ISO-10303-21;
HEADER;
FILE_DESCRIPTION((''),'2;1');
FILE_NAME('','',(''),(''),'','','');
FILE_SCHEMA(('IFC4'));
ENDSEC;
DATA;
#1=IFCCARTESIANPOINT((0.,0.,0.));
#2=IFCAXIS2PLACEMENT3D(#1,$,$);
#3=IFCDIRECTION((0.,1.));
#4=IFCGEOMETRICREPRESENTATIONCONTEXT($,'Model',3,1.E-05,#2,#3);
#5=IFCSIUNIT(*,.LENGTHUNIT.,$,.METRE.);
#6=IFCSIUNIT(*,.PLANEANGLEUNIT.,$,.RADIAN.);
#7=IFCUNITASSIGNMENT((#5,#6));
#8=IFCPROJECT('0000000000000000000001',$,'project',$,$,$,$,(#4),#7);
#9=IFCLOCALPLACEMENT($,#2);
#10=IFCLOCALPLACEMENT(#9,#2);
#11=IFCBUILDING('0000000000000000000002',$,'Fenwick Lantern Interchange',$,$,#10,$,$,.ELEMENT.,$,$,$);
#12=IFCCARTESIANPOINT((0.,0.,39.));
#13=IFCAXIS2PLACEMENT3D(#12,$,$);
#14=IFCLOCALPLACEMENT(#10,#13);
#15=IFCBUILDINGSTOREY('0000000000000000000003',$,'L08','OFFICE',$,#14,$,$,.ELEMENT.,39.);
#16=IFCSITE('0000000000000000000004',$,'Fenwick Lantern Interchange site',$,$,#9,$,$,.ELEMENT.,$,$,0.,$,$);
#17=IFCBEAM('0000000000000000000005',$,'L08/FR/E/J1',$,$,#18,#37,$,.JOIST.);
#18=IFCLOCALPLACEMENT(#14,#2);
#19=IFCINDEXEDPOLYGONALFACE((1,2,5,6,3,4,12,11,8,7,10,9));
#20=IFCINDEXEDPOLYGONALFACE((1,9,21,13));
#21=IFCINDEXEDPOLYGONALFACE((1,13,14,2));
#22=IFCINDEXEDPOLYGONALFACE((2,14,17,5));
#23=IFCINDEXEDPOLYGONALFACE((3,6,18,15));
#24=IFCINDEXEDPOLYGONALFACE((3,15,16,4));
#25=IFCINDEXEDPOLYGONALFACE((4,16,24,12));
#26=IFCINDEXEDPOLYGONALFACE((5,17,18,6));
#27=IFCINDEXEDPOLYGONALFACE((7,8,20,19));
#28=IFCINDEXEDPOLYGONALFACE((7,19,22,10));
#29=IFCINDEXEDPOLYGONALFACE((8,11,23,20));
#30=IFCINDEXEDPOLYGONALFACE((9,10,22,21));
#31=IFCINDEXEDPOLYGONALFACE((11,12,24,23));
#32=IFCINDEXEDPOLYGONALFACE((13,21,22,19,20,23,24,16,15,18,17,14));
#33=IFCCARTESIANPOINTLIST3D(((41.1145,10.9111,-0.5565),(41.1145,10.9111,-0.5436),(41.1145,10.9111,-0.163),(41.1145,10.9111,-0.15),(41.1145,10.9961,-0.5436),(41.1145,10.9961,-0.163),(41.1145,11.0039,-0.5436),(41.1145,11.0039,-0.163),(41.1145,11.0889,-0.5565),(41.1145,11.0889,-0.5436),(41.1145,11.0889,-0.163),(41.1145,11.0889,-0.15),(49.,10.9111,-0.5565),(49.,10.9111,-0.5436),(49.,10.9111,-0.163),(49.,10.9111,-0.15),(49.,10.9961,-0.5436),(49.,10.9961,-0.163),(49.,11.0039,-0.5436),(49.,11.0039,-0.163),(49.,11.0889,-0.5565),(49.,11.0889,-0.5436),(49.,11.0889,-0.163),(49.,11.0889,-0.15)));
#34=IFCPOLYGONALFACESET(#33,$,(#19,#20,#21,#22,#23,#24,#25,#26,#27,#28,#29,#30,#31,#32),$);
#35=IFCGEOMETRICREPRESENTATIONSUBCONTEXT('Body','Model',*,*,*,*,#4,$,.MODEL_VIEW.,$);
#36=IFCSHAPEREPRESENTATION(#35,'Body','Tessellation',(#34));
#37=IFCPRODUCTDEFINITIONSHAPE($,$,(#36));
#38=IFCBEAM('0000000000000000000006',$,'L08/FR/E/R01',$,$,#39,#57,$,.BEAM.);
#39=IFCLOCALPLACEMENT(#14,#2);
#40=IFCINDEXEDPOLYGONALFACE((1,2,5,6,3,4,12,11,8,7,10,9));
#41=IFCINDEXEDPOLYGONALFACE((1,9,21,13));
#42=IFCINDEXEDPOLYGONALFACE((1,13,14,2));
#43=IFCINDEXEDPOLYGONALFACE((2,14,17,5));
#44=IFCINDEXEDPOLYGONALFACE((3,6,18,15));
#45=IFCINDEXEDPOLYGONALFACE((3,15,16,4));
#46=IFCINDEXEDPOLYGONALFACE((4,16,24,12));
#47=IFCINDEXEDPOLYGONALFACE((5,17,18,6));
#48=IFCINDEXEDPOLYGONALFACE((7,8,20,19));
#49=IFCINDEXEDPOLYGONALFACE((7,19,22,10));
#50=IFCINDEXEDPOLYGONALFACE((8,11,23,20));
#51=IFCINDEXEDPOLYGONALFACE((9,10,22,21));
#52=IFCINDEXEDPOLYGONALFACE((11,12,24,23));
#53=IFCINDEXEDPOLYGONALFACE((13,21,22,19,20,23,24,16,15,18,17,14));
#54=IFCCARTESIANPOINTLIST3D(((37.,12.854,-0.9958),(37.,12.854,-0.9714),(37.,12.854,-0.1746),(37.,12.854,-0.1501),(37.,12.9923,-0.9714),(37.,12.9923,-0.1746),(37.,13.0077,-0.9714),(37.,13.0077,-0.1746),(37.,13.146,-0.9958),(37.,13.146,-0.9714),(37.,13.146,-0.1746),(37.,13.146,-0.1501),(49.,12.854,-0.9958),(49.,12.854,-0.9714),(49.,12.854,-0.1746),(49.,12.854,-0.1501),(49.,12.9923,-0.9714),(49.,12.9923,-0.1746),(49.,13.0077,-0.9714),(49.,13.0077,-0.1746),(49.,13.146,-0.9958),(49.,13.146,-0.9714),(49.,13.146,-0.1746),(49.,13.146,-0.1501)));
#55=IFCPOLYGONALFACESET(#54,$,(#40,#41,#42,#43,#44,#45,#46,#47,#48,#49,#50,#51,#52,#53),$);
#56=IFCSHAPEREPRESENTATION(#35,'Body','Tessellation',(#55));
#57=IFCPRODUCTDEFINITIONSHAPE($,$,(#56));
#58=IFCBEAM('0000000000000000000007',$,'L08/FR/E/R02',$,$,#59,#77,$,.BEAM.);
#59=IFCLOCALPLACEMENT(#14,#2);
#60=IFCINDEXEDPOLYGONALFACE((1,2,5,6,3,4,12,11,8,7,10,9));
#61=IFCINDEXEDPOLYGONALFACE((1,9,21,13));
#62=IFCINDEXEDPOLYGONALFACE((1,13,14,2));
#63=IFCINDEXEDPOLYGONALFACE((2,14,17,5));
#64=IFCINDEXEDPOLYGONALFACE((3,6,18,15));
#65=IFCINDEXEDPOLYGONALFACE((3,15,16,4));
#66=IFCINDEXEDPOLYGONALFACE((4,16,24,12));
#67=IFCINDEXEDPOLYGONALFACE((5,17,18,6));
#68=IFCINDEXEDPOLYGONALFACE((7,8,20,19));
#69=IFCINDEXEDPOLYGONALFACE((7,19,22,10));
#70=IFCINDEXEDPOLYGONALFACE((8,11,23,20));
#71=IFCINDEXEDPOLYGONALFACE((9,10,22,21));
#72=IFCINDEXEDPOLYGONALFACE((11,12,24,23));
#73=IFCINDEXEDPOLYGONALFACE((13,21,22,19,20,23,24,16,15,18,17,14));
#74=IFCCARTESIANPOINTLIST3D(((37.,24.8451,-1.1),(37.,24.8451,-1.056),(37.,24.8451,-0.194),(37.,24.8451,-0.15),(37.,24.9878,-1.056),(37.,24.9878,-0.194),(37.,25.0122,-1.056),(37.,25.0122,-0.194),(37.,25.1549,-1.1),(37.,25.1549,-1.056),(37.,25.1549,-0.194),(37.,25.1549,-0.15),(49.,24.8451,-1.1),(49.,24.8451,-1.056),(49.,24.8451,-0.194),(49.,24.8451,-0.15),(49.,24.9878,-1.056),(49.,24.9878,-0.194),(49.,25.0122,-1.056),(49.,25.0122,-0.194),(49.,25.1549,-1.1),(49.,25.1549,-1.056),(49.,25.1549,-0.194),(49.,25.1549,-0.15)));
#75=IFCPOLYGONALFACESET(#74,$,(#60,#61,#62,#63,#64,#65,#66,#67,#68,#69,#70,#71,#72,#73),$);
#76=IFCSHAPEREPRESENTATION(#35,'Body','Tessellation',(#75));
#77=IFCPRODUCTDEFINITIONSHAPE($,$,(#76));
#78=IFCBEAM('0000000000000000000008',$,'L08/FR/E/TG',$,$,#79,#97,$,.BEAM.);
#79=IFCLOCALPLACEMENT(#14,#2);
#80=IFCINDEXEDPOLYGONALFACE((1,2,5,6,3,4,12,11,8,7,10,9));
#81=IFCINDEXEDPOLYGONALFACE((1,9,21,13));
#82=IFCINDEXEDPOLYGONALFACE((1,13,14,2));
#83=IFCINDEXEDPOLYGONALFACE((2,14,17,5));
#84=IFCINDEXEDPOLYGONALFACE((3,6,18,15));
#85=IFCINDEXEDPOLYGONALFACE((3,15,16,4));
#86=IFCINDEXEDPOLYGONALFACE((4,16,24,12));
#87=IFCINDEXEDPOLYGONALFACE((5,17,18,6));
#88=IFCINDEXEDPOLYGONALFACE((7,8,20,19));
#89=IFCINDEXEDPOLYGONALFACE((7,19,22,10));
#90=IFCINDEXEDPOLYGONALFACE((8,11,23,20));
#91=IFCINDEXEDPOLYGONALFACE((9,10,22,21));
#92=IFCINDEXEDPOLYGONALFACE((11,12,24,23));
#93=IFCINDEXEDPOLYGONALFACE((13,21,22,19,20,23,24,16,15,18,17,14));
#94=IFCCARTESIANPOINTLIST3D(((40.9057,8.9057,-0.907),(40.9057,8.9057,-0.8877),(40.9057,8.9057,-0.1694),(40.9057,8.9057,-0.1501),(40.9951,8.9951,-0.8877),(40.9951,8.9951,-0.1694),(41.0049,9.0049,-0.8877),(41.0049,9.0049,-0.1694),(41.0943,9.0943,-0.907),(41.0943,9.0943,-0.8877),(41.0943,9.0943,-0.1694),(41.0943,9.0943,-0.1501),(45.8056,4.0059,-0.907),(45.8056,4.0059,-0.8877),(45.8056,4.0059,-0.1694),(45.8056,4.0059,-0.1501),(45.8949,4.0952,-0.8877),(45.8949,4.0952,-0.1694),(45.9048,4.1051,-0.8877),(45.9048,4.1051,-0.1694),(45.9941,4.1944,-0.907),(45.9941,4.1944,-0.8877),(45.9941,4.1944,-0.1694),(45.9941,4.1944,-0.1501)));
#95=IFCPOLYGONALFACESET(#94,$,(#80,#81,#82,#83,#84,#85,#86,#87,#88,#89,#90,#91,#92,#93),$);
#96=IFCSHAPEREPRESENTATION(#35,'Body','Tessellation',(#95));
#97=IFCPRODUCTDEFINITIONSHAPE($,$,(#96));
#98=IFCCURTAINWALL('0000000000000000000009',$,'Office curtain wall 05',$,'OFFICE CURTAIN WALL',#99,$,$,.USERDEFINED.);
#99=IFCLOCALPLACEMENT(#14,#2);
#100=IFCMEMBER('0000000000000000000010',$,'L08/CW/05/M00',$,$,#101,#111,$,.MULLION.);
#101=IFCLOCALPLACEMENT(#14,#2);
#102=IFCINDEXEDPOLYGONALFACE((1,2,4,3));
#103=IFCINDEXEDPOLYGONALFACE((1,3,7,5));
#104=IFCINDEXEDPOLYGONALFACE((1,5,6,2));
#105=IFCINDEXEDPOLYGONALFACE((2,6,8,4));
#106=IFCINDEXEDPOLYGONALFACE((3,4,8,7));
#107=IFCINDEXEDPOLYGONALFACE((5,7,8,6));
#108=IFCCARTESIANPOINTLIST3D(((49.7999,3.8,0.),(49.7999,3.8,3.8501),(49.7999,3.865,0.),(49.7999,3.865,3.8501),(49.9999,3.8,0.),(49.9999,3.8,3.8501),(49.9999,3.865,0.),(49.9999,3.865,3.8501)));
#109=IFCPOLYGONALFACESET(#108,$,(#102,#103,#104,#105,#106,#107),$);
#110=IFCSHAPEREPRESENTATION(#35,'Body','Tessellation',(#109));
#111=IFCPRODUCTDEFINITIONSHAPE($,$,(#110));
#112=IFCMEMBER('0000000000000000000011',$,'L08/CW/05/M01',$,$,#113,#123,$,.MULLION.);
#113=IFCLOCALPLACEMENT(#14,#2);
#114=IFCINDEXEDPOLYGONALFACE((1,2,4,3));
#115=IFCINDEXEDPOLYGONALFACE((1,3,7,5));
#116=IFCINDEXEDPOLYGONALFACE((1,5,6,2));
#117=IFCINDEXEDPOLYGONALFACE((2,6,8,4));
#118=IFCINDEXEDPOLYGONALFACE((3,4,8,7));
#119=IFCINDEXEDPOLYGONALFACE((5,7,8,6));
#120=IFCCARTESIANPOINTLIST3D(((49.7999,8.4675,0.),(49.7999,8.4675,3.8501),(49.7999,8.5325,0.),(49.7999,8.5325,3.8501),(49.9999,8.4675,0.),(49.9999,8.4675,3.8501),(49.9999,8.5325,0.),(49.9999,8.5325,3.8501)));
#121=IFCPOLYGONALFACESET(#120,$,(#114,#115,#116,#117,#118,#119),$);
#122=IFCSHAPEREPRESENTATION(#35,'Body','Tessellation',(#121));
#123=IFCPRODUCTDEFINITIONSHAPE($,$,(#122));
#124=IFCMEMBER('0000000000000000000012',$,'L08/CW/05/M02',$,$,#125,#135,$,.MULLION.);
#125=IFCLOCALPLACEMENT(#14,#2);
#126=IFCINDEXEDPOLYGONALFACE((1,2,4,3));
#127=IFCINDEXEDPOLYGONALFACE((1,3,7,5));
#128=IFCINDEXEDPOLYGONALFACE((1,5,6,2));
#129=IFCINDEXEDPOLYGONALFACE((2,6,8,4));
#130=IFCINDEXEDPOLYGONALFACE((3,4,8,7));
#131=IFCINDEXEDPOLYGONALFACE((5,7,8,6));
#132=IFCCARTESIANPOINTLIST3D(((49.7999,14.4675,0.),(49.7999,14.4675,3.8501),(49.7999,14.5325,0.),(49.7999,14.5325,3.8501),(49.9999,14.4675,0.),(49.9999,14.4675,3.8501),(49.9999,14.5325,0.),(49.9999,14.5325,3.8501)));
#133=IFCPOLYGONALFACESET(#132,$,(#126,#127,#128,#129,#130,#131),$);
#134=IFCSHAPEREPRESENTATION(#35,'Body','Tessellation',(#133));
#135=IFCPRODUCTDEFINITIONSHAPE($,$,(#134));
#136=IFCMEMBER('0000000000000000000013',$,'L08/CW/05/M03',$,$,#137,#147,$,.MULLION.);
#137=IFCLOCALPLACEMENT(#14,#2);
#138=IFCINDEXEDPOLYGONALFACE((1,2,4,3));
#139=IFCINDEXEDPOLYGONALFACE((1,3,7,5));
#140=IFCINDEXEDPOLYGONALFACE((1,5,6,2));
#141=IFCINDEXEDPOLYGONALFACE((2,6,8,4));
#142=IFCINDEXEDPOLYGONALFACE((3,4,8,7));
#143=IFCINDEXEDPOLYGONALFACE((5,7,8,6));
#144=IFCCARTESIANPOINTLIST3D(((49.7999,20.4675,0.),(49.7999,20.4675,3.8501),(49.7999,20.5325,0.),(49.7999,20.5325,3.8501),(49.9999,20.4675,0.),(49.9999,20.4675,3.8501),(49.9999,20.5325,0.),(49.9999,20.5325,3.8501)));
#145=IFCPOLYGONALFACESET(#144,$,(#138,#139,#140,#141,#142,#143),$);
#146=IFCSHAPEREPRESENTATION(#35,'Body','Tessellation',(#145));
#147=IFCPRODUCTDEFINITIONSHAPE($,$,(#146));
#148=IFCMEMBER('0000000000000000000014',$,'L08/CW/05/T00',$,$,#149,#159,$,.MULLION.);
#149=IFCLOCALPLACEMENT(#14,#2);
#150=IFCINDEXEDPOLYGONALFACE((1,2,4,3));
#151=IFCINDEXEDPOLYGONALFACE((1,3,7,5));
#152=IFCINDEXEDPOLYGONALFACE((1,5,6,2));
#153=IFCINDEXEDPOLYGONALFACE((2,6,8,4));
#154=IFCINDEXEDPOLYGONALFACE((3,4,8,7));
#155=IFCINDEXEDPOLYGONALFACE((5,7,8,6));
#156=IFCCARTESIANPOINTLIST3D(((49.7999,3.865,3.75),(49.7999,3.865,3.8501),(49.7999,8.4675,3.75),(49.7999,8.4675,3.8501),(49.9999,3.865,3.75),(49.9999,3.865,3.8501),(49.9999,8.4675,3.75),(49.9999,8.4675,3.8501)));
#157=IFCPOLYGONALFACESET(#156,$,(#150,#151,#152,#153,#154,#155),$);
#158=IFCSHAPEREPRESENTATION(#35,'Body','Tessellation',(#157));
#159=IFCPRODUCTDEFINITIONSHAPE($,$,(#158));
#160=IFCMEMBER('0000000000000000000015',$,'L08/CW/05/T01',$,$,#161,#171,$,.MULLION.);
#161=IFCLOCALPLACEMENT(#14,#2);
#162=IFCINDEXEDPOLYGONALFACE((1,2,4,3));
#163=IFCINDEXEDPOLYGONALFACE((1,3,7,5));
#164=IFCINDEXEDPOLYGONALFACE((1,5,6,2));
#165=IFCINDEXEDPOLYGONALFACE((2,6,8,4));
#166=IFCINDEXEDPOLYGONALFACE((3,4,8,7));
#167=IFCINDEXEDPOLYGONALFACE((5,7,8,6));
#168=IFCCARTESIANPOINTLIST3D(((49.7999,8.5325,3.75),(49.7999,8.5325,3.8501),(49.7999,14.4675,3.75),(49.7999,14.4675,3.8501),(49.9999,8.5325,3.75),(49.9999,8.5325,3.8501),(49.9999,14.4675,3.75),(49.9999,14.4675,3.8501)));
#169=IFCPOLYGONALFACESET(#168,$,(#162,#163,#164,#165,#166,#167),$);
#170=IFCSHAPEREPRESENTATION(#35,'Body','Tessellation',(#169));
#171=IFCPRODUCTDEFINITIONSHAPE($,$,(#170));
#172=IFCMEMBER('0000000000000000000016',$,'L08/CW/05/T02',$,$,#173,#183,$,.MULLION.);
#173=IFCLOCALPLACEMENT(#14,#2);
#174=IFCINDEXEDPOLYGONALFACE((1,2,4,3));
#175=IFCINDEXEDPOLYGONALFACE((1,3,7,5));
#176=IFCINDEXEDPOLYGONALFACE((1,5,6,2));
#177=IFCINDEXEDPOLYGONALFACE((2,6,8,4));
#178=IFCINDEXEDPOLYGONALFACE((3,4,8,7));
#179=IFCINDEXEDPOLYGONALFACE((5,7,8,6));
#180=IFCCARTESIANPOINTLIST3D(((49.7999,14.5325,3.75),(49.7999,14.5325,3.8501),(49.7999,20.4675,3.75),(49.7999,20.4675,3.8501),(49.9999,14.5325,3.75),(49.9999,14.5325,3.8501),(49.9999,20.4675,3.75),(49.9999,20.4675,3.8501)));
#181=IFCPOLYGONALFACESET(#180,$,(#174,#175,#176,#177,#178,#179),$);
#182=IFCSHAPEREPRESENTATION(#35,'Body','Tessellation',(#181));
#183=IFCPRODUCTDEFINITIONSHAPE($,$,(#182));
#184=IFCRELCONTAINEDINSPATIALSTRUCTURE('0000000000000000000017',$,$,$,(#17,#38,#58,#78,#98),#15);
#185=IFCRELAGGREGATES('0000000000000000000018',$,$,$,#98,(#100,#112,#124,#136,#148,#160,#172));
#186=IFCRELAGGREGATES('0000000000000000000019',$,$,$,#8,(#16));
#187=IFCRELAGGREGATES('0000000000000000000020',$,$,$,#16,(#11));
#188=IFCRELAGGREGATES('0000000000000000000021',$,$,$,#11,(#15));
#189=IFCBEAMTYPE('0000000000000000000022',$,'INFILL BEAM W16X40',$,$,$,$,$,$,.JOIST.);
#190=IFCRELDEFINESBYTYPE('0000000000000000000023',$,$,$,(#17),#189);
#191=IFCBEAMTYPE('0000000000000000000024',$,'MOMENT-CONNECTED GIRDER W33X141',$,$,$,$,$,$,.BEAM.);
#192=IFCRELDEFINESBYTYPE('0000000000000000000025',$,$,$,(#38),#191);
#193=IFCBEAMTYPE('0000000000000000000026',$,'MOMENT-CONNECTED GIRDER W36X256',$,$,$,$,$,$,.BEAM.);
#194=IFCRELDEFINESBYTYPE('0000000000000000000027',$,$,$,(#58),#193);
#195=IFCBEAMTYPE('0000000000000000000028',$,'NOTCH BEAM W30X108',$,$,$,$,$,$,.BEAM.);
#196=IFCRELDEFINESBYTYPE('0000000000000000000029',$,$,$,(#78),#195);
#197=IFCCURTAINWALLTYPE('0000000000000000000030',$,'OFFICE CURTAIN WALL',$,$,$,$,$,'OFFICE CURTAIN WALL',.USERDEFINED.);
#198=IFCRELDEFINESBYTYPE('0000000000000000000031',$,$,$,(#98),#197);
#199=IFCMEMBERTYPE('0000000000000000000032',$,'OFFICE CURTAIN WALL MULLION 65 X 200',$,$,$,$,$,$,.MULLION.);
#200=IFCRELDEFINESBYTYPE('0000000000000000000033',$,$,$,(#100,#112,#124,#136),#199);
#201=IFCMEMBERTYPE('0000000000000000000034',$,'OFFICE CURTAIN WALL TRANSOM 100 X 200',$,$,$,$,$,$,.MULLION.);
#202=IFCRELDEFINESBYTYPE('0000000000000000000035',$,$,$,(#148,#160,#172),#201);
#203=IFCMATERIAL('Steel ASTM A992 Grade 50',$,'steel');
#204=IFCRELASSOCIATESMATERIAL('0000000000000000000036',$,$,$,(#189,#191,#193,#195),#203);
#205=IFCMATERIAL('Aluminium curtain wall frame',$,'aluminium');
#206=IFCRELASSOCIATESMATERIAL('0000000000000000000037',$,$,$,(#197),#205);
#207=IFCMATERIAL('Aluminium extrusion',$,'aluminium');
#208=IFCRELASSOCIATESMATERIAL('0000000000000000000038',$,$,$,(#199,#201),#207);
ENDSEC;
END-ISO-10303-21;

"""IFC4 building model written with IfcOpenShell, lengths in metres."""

from ifc_helpers import new_model, si_unit, direction, frame, origin, origin_2d, place, context, subcontext, project, spatial, rectangle, i_section, extrude, material, material_profile, profile_set, type_object, element, aggregate, save


model = new_model("IFC4")

# Units and contexts
model_context = context("Model", 3, precision=1e-05, world=origin(), true_north=direction((0.0, 1.0)))
body_context = subcontext(model_context, "Body", "Model", "MODEL_VIEW")
ifc_project = project(units=[si_unit("LENGTHUNIT", "METRE"), si_unit("PLANEANGLEUNIT", "RADIAN")], contexts=[model_context])

# Site, building, storey
site_placement = place(None, origin())
site = spatial("IfcSite", under=ifc_project, at=site_placement, Name="Fenwick Lantern Interchange site", CompositionType="ELEMENT", RefElevation=0.0)
building_placement = place(site_placement, origin())
building = spatial("IfcBuilding", under=site, at=building_placement, Name="Fenwick Lantern Interchange", CompositionType="ELEMENT")
storey_placement = place(building_placement, frame((0.0, 0.0, 39.0)))
storey = spatial("IfcBuildingStorey", under=building, at=storey_placement, Name="L08", Description="OFFICE", CompositionType="ELEMENT", Elevation=39.0)

# Beams
ifc_material_1 = material(Name="Steel ASTM A992 Grade 50", Category="steel")
ifc_material_profile_1 = material_profile(ifc_material_1, i_section(OverallWidth=0.1777, OverallDepth=0.4065, WebThickness=0.0078, FlangeThickness=0.0129, at=origin_2d()), Name="W16X40")
ifc_profile_set_1 = profile_set([ifc_material_profile_1], Name="Steel ASTM A992 Grade 50")
beam_type_1 = type_object("IfcBeamType", Name="INFILL BEAM W16X40", PredefinedType="JOIST", material=ifc_profile_set_1)
beam_1_placement = place(storey_placement, frame((49.0, 11.0, -0.3533), z_axis=(-1.0, 0.0, 0.0), x_axis=(0.0, -1.0, 0.0)))
element("IfcBeam", 1, at=beam_1_placement, inside=storey, type_object=beam_type_1, Name="L08/FR/E/J1", PredefinedType="JOIST", context=body_context, shape_type="SweptSolid", body=[
    extrude(i_section(OverallWidth=0.1777, OverallDepth=0.4065, WebThickness=0.0078, FlangeThickness=0.0129, at=origin_2d()), origin(), (0.0, 0.0, 1.0), 7.8855),
])
ifc_material_profile_2 = material_profile(ifc_material_1, i_section(OverallWidth=0.292, OverallDepth=0.8457, WebThickness=0.0154, FlangeThickness=0.0244, at=origin_2d()), Name="W33X141")
ifc_profile_set_2 = profile_set([ifc_material_profile_2], Name="Steel ASTM A992 Grade 50")
beam_type_2 = type_object("IfcBeamType", Name="MOMENT-CONNECTED GIRDER W33X141", PredefinedType="BEAM", material=ifc_profile_set_2)
beam_2_placement = place(storey_placement, frame((49.0, 13.0, -0.573), z_axis=(-1.0, 0.0, 0.0), x_axis=(0.0, -1.0, 0.0)))
element("IfcBeam", 2, at=beam_2_placement, inside=storey, type_object=beam_type_2, Name="L08/FR/E/R01", PredefinedType="BEAM", context=body_context, shape_type="SweptSolid", body=[
    extrude(i_section(OverallWidth=0.292, OverallDepth=0.8457, WebThickness=0.0154, FlangeThickness=0.0244, at=origin_2d()), origin(), (0.0, 0.0, 1.0), 12.0),
])
ifc_material_profile_3 = material_profile(ifc_material_1, i_section(OverallWidth=0.3098, OverallDepth=0.95, WebThickness=0.0244, FlangeThickness=0.0439, at=origin_2d()), Name="W36X256")
ifc_profile_set_3 = profile_set([ifc_material_profile_3], Name="Steel ASTM A992 Grade 50")
beam_type_3 = type_object("IfcBeamType", Name="MOMENT-CONNECTED GIRDER W36X256", PredefinedType="BEAM", material=ifc_profile_set_3)
beam_3_placement = place(storey_placement, frame((49.0, 25.0, -0.625), z_axis=(-1.0, 0.0, 0.0), x_axis=(0.0, -1.0, 0.0)))
element("IfcBeam", 3, at=beam_3_placement, inside=storey, type_object=beam_type_3, Name="L08/FR/E/R02", PredefinedType="BEAM", context=body_context, shape_type="SweptSolid", body=[
    extrude(i_section(OverallWidth=0.3098, OverallDepth=0.95, WebThickness=0.0244, FlangeThickness=0.0439, at=origin_2d()), origin(), (0.0, 0.0, 1.0), 12.0),
])
ifc_material_profile_4 = material_profile(ifc_material_1, i_section(OverallWidth=0.2666, OverallDepth=0.7568, WebThickness=0.0139, FlangeThickness=0.0193, at=origin_2d()), Name="W30X108")
ifc_profile_set_4 = profile_set([ifc_material_profile_4], Name="Steel ASTM A992 Grade 50")
beam_type_4 = type_object("IfcBeamType", Name="NOTCH BEAM W30X108", PredefinedType="BEAM", material=ifc_profile_set_4)
beam_4_placement = place(storey_placement, frame((41.0, 9.0, -0.5286), z_axis=(0.707107, -0.707107, 0.0), x_axis=(0.707107, 0.707107, 0.0)))
element("IfcBeam", 4, at=beam_4_placement, inside=storey, type_object=beam_type_4, Name="L08/FR/E/TG", PredefinedType="BEAM", context=body_context, shape_type="SweptSolid", body=[
    extrude(i_section(OverallWidth=0.2666, OverallDepth=0.7568, WebThickness=0.0139, FlangeThickness=0.0193, at=origin_2d()), origin(), (0.0, 0.0, 1.0), 6.9294),
])

# Curtain wall, members
ifc_material_2 = material(Name="Aluminium curtain wall frame", Category="aluminium")
curtain_wall_type = type_object("IfcCurtainWallType", Name="OFFICE CURTAIN WALL", ElementType="OFFICE CURTAIN WALL", PredefinedType="USERDEFINED", material=ifc_material_2)
curtain_wall_placement = place(storey_placement, origin())
curtain_wall = element("IfcCurtainWall", 5, at=curtain_wall_placement, inside=storey, type_object=curtain_wall_type, Name="Office curtain wall 05", ObjectType="OFFICE CURTAIN WALL", PredefinedType="USERDEFINED")
ifc_material_3 = material(Name="Aluminium extrusion", Category="aluminium")
ifc_material_profile_5 = material_profile(ifc_material_3, rectangle(XDim=0.2, YDim=0.0649, at=origin_2d()), Name="OFFICE CURTAIN WALL MULLION 65 X 200")
ifc_profile_set_5 = profile_set([ifc_material_profile_5], Name="Aluminium extrusion")
member_type_1 = type_object("IfcMemberType", Name="OFFICE CURTAIN WALL MULLION 65 X 200", PredefinedType="MULLION", material=ifc_profile_set_5)
member_1_placement = place(storey_placement, frame((49.8999, 3.8325, 0.0), z_axis=(0.0, 0.0, 1.0), x_axis=(-1.0, 0.0, 0.0)))
member_1 = element("IfcMember", 6, at=member_1_placement, type_object=member_type_1, Name="L08/CW/05/M00", PredefinedType="MULLION", context=body_context, shape_type="SweptSolid", body=[
    extrude(rectangle(XDim=0.2, YDim=0.0649, at=origin_2d()), origin(), (0.0, 0.0, 1.0), 3.8501),
])
member_2_placement = place(storey_placement, frame((49.8999, 8.5, 0.0), z_axis=(0.0, 0.0, 1.0), x_axis=(-1.0, 0.0, 0.0)))
member_2 = element("IfcMember", 7, at=member_2_placement, type_object=member_type_1, Name="L08/CW/05/M01", PredefinedType="MULLION", context=body_context, shape_type="SweptSolid", body=[
    extrude(rectangle(XDim=0.2, YDim=0.0649, at=origin_2d()), origin(), (0.0, 0.0, 1.0), 3.8501),
])
member_3_placement = place(storey_placement, frame((49.8999, 14.5, 0.0), z_axis=(0.0, 0.0, 1.0), x_axis=(-1.0, 0.0, 0.0)))
member_3 = element("IfcMember", 8, at=member_3_placement, type_object=member_type_1, Name="L08/CW/05/M02", PredefinedType="MULLION", context=body_context, shape_type="SweptSolid", body=[
    extrude(rectangle(XDim=0.2, YDim=0.0649, at=origin_2d()), origin(), (0.0, 0.0, 1.0), 3.8501),
])
member_4_placement = place(storey_placement, frame((49.8999, 20.5, 0.0), z_axis=(0.0, 0.0, 1.0), x_axis=(-1.0, 0.0, 0.0)))
member_4 = element("IfcMember", 9, at=member_4_placement, type_object=member_type_1, Name="L08/CW/05/M03", PredefinedType="MULLION", context=body_context, shape_type="SweptSolid", body=[
    extrude(rectangle(XDim=0.2, YDim=0.0649, at=origin_2d()), origin(), (0.0, 0.0, 1.0), 3.8501),
])
ifc_material_profile_6 = material_profile(ifc_material_3, rectangle(XDim=0.2, YDim=0.1001, at=origin_2d()), Name="OFFICE CURTAIN WALL TRANSOM 100 X 200")
ifc_profile_set_6 = profile_set([ifc_material_profile_6], Name="Aluminium extrusion")
member_type_2 = type_object("IfcMemberType", Name="OFFICE CURTAIN WALL TRANSOM 100 X 200", PredefinedType="MULLION", material=ifc_profile_set_6)
member_5_placement = place(storey_placement, frame((49.8999, 3.865, 3.8), z_axis=(0.0, 1.0, 0.0), x_axis=(-1.0, 0.0, 0.0)))
member_5 = element("IfcMember", 10, at=member_5_placement, type_object=member_type_2, Name="L08/CW/05/T00", PredefinedType="MULLION", context=body_context, shape_type="SweptSolid", body=[
    extrude(rectangle(XDim=0.2, YDim=0.1001, at=origin_2d()), origin(), (0.0, 0.0, 1.0), 4.6025),
])
member_6_placement = place(storey_placement, frame((49.8999, 8.5325, 3.8), z_axis=(0.0, 1.0, 0.0), x_axis=(-1.0, 0.0, 0.0)))
member_6 = element("IfcMember", 11, at=member_6_placement, type_object=member_type_2, Name="L08/CW/05/T01", PredefinedType="MULLION", context=body_context, shape_type="SweptSolid", body=[
    extrude(rectangle(XDim=0.2, YDim=0.1001, at=origin_2d()), origin(), (0.0, 0.0, 1.0), 5.9351),
])
member_7_placement = place(storey_placement, frame((49.8999, 14.5325, 3.8), z_axis=(0.0, 1.0, 0.0), x_axis=(-1.0, 0.0, 0.0)))
member_7 = element("IfcMember", 12, at=member_7_placement, type_object=member_type_2, Name="L08/CW/05/T02", PredefinedType="MULLION", context=body_context, shape_type="SweptSolid", body=[
    extrude(rectangle(XDim=0.2, YDim=0.1001, at=origin_2d()), origin(), (0.0, 0.0, 1.0), 5.9351),
])
aggregate(curtain_wall, [member_1, member_2, member_3, member_4, member_5, member_6, member_7])

save(model, "model.ifc")
